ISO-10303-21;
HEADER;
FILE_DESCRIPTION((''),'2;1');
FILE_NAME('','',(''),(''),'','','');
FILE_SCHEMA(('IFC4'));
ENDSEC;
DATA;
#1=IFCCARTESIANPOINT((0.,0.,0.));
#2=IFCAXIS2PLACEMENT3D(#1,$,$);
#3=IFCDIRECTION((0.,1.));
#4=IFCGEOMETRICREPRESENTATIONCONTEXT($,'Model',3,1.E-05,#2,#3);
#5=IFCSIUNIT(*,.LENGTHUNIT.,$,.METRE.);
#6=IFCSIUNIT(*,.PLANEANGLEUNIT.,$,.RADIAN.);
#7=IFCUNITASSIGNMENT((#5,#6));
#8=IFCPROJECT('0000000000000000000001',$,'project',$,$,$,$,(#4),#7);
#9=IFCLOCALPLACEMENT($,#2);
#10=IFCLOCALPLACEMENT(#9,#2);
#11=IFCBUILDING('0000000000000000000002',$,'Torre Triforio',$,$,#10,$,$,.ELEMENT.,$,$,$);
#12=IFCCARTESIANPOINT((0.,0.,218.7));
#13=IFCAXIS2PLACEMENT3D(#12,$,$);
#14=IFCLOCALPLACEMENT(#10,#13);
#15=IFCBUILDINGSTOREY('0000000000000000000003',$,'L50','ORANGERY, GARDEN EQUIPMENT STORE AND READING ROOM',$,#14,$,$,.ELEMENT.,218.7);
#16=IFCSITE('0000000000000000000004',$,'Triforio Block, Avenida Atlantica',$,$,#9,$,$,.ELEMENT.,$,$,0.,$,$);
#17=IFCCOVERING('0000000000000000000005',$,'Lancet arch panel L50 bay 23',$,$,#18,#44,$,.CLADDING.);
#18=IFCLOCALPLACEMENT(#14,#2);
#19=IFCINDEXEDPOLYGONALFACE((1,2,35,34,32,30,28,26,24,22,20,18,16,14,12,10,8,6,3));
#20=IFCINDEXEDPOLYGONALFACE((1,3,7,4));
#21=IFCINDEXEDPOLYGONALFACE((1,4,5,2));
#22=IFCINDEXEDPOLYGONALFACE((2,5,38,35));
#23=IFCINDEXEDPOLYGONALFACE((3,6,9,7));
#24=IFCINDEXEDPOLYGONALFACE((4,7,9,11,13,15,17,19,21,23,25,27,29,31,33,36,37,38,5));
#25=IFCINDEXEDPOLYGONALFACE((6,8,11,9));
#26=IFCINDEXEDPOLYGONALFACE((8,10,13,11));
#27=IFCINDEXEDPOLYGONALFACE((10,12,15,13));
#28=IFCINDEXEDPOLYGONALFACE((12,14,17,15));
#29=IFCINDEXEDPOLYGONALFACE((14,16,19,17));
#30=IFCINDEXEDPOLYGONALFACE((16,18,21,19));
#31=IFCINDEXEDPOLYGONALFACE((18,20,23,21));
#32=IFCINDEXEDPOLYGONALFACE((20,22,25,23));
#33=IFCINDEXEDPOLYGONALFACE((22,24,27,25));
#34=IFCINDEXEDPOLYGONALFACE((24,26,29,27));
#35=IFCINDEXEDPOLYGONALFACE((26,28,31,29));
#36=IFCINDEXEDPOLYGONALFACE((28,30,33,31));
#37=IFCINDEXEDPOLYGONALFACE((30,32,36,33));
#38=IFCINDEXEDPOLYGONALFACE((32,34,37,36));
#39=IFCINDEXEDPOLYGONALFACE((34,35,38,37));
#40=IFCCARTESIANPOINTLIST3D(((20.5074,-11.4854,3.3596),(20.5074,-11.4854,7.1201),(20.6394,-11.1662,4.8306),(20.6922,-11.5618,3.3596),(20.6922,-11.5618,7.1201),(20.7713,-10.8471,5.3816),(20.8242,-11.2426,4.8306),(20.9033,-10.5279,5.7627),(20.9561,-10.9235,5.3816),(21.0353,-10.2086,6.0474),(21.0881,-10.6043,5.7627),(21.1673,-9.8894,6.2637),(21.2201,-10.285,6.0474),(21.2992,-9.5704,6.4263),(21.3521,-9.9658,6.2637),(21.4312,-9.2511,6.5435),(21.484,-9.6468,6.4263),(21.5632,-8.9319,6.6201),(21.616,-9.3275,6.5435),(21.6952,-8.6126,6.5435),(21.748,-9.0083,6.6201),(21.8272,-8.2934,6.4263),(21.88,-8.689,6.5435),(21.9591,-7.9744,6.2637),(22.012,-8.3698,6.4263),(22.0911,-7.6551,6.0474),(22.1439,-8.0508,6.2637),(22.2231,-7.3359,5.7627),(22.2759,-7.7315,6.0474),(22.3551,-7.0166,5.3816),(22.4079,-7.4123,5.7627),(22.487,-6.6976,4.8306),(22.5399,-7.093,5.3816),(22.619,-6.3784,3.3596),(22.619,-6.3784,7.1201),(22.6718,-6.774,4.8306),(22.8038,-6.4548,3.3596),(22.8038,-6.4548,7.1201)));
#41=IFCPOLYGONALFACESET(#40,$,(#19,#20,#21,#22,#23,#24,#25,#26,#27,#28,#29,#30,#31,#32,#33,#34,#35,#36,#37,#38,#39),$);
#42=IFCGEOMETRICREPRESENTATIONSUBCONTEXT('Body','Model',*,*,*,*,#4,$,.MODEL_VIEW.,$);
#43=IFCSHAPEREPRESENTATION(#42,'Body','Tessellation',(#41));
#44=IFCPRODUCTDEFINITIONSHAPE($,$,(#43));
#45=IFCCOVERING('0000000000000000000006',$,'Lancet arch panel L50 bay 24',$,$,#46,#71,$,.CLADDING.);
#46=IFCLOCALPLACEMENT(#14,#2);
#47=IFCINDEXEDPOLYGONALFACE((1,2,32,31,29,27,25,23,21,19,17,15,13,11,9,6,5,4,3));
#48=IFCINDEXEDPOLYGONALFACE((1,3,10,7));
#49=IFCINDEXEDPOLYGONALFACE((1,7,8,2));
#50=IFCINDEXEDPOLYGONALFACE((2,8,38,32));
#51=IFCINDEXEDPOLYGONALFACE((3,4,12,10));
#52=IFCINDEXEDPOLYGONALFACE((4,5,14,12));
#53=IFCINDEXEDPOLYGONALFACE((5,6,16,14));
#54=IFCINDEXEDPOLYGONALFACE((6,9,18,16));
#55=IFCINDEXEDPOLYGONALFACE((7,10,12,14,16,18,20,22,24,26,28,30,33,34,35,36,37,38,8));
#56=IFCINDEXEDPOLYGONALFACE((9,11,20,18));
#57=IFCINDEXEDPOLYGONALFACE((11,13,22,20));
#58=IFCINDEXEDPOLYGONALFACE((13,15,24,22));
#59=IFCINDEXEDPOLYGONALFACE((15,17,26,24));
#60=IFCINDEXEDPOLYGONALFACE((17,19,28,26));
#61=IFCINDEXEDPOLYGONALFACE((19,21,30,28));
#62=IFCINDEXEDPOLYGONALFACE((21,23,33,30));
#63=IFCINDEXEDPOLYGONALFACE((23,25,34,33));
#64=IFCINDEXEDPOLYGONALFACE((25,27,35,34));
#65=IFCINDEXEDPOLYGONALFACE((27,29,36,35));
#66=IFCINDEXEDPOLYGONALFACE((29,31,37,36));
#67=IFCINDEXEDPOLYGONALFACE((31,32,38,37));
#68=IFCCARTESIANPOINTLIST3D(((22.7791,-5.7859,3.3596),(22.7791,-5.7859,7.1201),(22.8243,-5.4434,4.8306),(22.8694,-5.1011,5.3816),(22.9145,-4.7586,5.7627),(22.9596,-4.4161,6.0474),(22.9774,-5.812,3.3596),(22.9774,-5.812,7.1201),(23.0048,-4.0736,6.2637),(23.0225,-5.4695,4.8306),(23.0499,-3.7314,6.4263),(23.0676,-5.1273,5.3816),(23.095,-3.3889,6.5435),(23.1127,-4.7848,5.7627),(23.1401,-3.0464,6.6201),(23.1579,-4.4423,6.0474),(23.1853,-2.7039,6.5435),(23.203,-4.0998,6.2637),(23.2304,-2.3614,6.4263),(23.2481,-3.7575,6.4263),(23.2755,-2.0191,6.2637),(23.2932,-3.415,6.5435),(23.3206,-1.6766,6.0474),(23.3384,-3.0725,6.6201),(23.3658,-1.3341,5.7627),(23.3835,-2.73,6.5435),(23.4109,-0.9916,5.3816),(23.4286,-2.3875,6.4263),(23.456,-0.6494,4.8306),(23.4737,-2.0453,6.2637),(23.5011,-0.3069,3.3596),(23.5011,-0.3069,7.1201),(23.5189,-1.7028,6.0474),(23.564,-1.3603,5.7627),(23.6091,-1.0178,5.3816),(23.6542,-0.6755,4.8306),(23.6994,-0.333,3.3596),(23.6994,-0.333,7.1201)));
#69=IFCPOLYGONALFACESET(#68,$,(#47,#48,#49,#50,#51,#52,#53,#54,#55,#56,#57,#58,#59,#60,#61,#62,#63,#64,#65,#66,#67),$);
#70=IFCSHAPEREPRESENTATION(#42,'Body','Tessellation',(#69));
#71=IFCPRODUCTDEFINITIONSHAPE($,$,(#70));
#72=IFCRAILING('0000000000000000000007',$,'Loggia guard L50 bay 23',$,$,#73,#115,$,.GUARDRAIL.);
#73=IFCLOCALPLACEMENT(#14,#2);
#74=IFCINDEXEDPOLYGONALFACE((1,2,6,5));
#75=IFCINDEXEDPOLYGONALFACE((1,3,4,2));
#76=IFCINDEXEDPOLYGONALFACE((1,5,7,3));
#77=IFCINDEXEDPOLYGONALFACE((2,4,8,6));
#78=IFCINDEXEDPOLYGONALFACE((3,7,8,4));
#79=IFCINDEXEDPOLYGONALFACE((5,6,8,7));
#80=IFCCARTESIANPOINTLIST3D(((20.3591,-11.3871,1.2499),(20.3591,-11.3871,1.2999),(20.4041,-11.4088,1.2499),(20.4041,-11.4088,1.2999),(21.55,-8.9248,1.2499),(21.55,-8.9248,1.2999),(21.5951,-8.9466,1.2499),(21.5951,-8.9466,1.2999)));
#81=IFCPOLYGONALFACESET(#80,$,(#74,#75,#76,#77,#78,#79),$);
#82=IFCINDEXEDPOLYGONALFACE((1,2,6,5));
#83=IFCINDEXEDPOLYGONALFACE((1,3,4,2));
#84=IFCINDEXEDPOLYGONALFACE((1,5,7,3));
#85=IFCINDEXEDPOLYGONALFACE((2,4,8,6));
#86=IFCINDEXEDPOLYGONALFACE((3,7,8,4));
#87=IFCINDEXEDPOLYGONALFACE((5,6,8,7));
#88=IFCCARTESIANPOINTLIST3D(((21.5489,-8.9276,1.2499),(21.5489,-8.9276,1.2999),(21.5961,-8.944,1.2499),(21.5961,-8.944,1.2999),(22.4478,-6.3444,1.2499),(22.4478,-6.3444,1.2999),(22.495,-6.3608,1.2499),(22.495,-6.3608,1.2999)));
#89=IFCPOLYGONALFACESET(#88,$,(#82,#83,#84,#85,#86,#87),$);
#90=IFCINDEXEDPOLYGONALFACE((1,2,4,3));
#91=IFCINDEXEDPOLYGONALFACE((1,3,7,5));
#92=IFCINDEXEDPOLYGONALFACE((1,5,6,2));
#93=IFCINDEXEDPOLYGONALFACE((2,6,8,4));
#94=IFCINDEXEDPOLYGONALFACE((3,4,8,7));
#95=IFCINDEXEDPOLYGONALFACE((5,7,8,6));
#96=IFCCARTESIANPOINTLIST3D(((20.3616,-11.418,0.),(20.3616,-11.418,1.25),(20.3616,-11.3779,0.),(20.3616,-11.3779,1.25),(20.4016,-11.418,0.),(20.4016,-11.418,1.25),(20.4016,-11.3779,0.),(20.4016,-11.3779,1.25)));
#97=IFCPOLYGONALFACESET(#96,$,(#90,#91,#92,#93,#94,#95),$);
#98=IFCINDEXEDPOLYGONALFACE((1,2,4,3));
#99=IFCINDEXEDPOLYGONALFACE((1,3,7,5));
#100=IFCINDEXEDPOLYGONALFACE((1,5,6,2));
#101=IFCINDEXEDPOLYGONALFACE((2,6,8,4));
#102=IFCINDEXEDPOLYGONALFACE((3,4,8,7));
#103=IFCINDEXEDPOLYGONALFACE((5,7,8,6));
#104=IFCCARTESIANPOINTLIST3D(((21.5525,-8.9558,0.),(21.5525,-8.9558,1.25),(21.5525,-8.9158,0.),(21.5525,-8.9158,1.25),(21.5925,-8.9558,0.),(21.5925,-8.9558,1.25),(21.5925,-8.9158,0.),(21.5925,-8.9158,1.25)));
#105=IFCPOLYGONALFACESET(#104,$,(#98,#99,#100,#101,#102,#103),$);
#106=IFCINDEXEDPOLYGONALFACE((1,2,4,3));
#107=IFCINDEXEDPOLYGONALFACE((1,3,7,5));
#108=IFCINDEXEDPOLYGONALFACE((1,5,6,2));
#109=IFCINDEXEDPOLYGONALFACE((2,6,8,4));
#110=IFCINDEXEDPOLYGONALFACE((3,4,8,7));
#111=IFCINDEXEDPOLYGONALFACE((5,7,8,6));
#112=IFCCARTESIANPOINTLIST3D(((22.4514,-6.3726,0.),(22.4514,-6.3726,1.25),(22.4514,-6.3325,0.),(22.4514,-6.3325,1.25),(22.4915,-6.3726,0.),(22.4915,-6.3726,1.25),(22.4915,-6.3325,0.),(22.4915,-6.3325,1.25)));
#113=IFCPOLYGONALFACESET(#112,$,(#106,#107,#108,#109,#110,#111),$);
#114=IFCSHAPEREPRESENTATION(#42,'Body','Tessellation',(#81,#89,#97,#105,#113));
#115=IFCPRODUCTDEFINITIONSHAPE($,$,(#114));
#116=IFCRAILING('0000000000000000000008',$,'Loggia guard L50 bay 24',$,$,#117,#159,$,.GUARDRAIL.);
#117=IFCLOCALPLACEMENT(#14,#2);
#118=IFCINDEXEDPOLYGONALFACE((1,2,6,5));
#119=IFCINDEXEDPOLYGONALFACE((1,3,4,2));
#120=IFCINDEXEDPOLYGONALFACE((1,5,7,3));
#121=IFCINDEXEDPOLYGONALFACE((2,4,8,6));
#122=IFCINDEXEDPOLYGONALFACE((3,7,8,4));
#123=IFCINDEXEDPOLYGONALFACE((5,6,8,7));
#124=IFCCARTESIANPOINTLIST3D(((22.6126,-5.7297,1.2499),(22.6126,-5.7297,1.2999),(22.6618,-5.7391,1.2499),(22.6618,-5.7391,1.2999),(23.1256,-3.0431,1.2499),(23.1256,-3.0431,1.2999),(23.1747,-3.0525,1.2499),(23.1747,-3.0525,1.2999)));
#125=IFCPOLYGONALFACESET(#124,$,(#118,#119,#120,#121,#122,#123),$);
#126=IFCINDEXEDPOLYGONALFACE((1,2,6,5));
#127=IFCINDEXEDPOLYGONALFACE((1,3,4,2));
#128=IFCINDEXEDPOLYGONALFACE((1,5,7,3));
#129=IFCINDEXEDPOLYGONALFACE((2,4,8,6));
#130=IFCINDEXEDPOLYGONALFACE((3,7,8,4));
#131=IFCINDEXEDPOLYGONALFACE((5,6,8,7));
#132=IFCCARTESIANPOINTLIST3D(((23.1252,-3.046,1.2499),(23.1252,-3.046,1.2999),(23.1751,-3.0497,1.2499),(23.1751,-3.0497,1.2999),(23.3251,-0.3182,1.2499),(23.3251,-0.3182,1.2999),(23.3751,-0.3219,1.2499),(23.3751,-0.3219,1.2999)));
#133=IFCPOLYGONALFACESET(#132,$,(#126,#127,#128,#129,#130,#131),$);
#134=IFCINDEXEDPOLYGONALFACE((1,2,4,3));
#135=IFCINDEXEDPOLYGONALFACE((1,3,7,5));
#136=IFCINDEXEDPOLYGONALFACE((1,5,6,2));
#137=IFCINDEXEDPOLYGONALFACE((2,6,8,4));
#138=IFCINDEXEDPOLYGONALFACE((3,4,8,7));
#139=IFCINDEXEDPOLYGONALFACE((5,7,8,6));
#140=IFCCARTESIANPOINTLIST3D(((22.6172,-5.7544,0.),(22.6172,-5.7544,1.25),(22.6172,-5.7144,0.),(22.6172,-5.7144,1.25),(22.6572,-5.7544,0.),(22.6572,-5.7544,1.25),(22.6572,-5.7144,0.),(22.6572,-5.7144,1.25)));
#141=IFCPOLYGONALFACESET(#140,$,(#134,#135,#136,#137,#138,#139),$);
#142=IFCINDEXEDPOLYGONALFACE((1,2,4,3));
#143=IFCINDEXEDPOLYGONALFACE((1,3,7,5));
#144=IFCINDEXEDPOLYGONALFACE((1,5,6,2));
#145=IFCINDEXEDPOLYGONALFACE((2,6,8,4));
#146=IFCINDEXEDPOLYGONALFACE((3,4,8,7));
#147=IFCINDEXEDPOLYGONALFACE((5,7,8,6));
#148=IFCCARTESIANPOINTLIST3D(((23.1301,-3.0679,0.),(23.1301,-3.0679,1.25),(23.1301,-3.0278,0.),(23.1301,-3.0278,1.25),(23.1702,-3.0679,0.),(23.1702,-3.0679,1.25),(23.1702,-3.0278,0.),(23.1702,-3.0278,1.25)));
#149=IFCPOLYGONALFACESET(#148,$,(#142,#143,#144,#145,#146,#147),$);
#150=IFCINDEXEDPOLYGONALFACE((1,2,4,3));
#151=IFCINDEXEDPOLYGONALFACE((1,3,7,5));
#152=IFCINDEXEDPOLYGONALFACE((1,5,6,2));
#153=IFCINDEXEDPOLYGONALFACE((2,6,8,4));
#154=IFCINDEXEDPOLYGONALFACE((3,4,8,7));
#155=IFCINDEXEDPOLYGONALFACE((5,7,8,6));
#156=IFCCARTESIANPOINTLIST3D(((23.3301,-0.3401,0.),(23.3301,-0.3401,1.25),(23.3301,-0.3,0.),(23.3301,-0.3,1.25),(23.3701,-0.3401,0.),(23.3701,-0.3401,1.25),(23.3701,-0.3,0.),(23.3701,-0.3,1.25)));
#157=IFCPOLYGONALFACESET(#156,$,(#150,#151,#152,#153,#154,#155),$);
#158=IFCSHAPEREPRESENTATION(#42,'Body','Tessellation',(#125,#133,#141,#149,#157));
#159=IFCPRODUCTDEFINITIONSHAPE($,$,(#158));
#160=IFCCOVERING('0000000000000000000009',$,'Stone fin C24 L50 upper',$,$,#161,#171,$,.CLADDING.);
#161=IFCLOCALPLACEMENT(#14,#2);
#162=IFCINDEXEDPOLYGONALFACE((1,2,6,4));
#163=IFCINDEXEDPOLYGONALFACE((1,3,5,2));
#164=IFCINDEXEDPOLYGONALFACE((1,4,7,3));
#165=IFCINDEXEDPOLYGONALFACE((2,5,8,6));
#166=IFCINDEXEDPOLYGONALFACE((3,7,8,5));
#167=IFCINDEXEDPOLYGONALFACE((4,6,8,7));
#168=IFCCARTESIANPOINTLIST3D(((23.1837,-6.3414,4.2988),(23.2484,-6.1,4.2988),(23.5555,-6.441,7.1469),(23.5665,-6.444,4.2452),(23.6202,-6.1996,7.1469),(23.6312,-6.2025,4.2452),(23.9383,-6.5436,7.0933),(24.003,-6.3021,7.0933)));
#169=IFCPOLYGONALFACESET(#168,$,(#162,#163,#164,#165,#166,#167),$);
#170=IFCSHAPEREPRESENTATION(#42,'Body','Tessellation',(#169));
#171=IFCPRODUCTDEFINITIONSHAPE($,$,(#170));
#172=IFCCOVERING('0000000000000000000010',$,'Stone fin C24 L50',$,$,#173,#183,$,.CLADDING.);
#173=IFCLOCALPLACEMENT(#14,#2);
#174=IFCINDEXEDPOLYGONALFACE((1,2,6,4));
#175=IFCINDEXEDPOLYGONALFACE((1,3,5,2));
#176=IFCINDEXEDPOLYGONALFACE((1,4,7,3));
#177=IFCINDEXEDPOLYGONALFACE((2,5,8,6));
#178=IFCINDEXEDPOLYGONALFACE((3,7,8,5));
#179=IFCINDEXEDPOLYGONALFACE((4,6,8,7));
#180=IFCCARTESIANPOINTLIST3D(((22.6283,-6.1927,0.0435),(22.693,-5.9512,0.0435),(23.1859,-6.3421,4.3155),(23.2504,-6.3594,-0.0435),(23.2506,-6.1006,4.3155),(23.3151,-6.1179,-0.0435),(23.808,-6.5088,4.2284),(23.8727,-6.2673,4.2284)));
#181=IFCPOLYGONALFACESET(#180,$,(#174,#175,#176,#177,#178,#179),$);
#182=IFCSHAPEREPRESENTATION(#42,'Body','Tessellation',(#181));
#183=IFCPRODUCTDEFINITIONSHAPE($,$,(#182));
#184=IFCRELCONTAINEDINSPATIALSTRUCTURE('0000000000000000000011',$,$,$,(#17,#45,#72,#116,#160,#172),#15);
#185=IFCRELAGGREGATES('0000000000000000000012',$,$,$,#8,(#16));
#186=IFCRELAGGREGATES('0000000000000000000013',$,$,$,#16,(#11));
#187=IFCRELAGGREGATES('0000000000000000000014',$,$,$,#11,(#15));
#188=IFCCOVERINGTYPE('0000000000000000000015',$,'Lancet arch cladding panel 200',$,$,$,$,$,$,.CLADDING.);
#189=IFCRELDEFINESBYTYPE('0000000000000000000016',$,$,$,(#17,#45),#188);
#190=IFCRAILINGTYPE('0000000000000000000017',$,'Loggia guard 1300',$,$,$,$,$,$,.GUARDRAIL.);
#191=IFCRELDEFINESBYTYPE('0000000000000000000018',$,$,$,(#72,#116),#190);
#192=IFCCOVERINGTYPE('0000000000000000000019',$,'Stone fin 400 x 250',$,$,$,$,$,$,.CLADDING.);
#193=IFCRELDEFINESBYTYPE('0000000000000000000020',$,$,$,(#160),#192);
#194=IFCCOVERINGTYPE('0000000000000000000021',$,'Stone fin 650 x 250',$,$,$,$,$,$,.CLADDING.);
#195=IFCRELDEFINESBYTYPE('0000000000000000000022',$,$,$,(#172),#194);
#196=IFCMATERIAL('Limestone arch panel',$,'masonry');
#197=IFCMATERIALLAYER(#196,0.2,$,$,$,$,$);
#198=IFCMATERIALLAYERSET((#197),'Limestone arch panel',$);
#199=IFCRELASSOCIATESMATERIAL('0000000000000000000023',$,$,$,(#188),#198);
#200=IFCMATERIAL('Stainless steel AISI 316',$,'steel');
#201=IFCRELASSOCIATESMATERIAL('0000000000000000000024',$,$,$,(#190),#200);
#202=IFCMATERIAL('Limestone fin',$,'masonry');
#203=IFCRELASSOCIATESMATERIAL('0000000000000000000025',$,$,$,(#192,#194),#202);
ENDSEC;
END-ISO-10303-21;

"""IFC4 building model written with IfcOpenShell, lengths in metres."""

from ifc_helpers import new_model, si_unit, direction, frame, origin, origin_2d, place, context, subcontext, project, spatial, polyline, rectangle, outline, extrude, material, layer, layer_set, material_profile, profile_set, type_object, element, save


model = new_model("IFC4")

# Units and contexts
model_context = context("Model", 3, precision=1e-05, world=origin(), true_north=direction((0.0, 1.0)))
body_context = subcontext(model_context, "Body", "Model", "MODEL_VIEW")
ifc_project = project(units=[si_unit("LENGTHUNIT", "METRE"), si_unit("PLANEANGLEUNIT", "RADIAN")], contexts=[model_context])

# Site, building, storey
site_placement = place(None, origin())
site = spatial("IfcSite", under=ifc_project, at=site_placement, Name="Triforio Block, Avenida Atlantica", CompositionType="ELEMENT", RefElevation=0.0)
building_placement = place(site_placement, origin())
building = spatial("IfcBuilding", under=site, at=building_placement, Name="Torre Triforio", CompositionType="ELEMENT")
storey_placement = place(building_placement, frame((0.0, 0.0, 218.7)))
storey = spatial("IfcBuildingStorey", under=building, at=storey_placement, Name="L50", Description="ORANGERY, GARDEN EQUIPMENT STORE AND READING ROOM", CompositionType="ELEMENT", Elevation=218.7)

# Coverings
ifc_material_1 = material(Name="Limestone arch panel", Category="masonry")
ifc_layer_1 = layer(ifc_material_1, 0.2)
ifc_layer_set_1 = layer_set([ifc_layer_1], Name="Limestone arch panel")
covering_type_1 = type_object("IfcCoveringType", Name="Lancet arch cladding panel 200", PredefinedType="CLADDING", material=ifc_layer_set_1)
for number, where, z_axis, x_axis, name in (
    (1, (21.5632, -8.9319, 0.0), (0.924121, -0.3821, 0.0), (0.3821, 0.924121, 0.0), "Lancet arch panel L50 bay 23"),
    (2, (23.1401, -3.0464, 0.0), (0.991429, -0.130644, 0.0), (0.130644, 0.991429, 0.0), "Lancet arch panel L50 bay 24"),
):
    element("IfcCovering", number, at=place(storey_placement, frame(where, z_axis=z_axis, x_axis=x_axis)), inside=storey, type_object=covering_type_1, Name=name, PredefinedType="CLADDING", context=body_context, shape_type="SweptSolid", body=[
        extrude(outline(polyline([(-2.7632, 7.1201), (-2.7632, 3.3596), (-2.4177, 4.8306), (-2.0725, 5.3816), (-1.7271, 5.7627), (-1.3816, 6.0474), (-1.0361, 6.2637), (-0.6909, 6.4263), (-0.3455, 6.5435), (0.0, 6.6201), (0.3455, 6.5435), (0.6909, 6.4263), (1.0361, 6.2637), (1.3816, 6.0474), (1.7271, 5.7627), (2.0725, 5.3816), (2.4177, 4.8306), (2.7632, 3.3596), (2.7632, 7.1201), (-2.7632, 7.1201)])), origin(), (0.0, 0.0, 1.0), 0.2),
    ])

# Railings
ifc_material_2 = material(Name="Stainless steel AISI 316", Category="steel")
railing_type = type_object("IfcRailingType", Name="Loggia guard 1300", PredefinedType="GUARDRAIL", material=ifc_material_2)
railing_1_placement = place(storey_placement, frame((20.3816, -11.3979, 0.0)))
element("IfcRailing", 3, at=railing_1_placement, inside=storey, type_object=railing_type, Name="Loggia guard L50 bay 23", PredefinedType="GUARDRAIL", context=body_context, shape_type="SweptSolid", body=[
    extrude(rectangle(XDim=0.05, YDim=0.05, at=origin_2d()), frame((0.0, 0.0, 1.2749), z_axis=(0.435428, 0.900224, 0.0), x_axis=(-0.900224, 0.435428, 0.0)), (0.0, 0.0, 1.0), 2.7351),
    extrude(rectangle(XDim=0.05, YDim=0.05, at=origin_2d()), frame((1.1909, 2.4622, 1.2749), z_axis=(0.328652, 0.944451, 0.0), x_axis=(-0.944451, 0.328652, 0.0)), (0.0, 0.0, 1.0), 2.7351),
    extrude(rectangle(XDim=0.04, YDim=0.04, at=origin_2d()), origin(), (0.0, 0.0, 1.0), 1.25),
    extrude(rectangle(XDim=0.04, YDim=0.04, at=origin_2d()), frame((1.1909, 2.4622, 0.0)), (0.0, 0.0, 1.0), 1.25),
    extrude(rectangle(XDim=0.04, YDim=0.04, at=origin_2d()), frame((2.0898, 5.0454, 0.0)), (0.0, 0.0, 1.0), 1.25),
])
railing_2_placement = place(storey_placement, frame((22.6372, -5.7344, 0.0)))
element("IfcRailing", 4, at=railing_2_placement, inside=storey, type_object=railing_type, Name="Loggia guard L50 bay 24", PredefinedType="GUARDRAIL", context=body_context, shape_type="SweptSolid", body=[
    extrude(rectangle(XDim=0.05, YDim=0.05, at=origin_2d()), frame((0.0, 0.0, 1.2749), z_axis=(0.187543, 0.982256, 0.0), x_axis=(-0.982256, 0.187543, 0.0)), (0.0, 0.0, 1.0), 2.7351),
    extrude(rectangle(XDim=0.05, YDim=0.05, at=origin_2d()), frame((0.5129, 2.6865, 1.2749), z_axis=(0.073106, 0.997324, 0.0), x_axis=(-0.997324, 0.073106, 0.0)), (0.0, 0.0, 1.0), 2.7351),
    extrude(rectangle(XDim=0.04, YDim=0.04, at=origin_2d()), origin(), (0.0, 0.0, 1.0), 1.25),
    extrude(rectangle(XDim=0.04, YDim=0.04, at=origin_2d()), frame((0.5129, 2.6865, 0.0)), (0.0, 0.0, 1.0), 1.25),
    extrude(rectangle(XDim=0.04, YDim=0.04, at=origin_2d()), frame((0.7129, 5.4143, 0.0)), (0.0, 0.0, 1.0), 1.25),
])

# Coverings
ifc_material_3 = material(Name="Limestone fin", Category="masonry")
ifc_material_profile_1 = material_profile(ifc_material_3, rectangle(XDim=0.3999, YDim=0.25, at=origin_2d()), Name="FIN 400x250")
ifc_profile_set_1 = profile_set([ifc_material_profile_1], Name="Limestone fin")
covering_type_2 = type_object("IfcCoveringType", Name="Stone fin 400 x 250", PredefinedType="CLADDING", material=ifc_profile_set_1)
covering_1_placement = place(storey_placement, frame((23.4075, -6.272, 4.272), z_axis=(0.129374, -0.034658, 0.99099), x_axis=(-0.957236, 0.256436, 0.133936)))
element("IfcCovering", 5, at=covering_1_placement, inside=storey, type_object=covering_type_2, Name="Stone fin C24 L50 upper", PredefinedType="CLADDING", context=body_context, shape_type="SweptSolid", body=[
    extrude(rectangle(XDim=0.3999, YDim=0.25, at=origin_2d()), origin(), (0.0, 0.0, 1.0), 2.874),
])
ifc_material_profile_2 = material_profile(ifc_material_3, rectangle(XDim=0.6499, YDim=0.25, at=origin_2d()), Name="FIN 650x250")
ifc_profile_set_2 = profile_set([ifc_material_profile_2], Name="Limestone fin")
covering_type_3 = type_object("IfcCoveringType", Name="Stone fin 650 x 250", PredefinedType="CLADDING", material=ifc_profile_set_2)
covering_2_placement = place(storey_placement, frame((22.9717, -6.1553, 0.0), z_axis=(0.129353, -0.03466, 0.990993), x_axis=(-0.957225, 0.256489, 0.133917)))
element("IfcCovering", 6, at=covering_2_placement, inside=storey, type_object=covering_type_3, Name="Stone fin C24 L50", PredefinedType="CLADDING", context=body_context, shape_type="SweptSolid", body=[
    extrude(rectangle(XDim=0.6499, YDim=0.25, at=origin_2d()), origin(), (0.0, 0.0, 1.0), 4.3108),
])

save(model, "model.ifc")
